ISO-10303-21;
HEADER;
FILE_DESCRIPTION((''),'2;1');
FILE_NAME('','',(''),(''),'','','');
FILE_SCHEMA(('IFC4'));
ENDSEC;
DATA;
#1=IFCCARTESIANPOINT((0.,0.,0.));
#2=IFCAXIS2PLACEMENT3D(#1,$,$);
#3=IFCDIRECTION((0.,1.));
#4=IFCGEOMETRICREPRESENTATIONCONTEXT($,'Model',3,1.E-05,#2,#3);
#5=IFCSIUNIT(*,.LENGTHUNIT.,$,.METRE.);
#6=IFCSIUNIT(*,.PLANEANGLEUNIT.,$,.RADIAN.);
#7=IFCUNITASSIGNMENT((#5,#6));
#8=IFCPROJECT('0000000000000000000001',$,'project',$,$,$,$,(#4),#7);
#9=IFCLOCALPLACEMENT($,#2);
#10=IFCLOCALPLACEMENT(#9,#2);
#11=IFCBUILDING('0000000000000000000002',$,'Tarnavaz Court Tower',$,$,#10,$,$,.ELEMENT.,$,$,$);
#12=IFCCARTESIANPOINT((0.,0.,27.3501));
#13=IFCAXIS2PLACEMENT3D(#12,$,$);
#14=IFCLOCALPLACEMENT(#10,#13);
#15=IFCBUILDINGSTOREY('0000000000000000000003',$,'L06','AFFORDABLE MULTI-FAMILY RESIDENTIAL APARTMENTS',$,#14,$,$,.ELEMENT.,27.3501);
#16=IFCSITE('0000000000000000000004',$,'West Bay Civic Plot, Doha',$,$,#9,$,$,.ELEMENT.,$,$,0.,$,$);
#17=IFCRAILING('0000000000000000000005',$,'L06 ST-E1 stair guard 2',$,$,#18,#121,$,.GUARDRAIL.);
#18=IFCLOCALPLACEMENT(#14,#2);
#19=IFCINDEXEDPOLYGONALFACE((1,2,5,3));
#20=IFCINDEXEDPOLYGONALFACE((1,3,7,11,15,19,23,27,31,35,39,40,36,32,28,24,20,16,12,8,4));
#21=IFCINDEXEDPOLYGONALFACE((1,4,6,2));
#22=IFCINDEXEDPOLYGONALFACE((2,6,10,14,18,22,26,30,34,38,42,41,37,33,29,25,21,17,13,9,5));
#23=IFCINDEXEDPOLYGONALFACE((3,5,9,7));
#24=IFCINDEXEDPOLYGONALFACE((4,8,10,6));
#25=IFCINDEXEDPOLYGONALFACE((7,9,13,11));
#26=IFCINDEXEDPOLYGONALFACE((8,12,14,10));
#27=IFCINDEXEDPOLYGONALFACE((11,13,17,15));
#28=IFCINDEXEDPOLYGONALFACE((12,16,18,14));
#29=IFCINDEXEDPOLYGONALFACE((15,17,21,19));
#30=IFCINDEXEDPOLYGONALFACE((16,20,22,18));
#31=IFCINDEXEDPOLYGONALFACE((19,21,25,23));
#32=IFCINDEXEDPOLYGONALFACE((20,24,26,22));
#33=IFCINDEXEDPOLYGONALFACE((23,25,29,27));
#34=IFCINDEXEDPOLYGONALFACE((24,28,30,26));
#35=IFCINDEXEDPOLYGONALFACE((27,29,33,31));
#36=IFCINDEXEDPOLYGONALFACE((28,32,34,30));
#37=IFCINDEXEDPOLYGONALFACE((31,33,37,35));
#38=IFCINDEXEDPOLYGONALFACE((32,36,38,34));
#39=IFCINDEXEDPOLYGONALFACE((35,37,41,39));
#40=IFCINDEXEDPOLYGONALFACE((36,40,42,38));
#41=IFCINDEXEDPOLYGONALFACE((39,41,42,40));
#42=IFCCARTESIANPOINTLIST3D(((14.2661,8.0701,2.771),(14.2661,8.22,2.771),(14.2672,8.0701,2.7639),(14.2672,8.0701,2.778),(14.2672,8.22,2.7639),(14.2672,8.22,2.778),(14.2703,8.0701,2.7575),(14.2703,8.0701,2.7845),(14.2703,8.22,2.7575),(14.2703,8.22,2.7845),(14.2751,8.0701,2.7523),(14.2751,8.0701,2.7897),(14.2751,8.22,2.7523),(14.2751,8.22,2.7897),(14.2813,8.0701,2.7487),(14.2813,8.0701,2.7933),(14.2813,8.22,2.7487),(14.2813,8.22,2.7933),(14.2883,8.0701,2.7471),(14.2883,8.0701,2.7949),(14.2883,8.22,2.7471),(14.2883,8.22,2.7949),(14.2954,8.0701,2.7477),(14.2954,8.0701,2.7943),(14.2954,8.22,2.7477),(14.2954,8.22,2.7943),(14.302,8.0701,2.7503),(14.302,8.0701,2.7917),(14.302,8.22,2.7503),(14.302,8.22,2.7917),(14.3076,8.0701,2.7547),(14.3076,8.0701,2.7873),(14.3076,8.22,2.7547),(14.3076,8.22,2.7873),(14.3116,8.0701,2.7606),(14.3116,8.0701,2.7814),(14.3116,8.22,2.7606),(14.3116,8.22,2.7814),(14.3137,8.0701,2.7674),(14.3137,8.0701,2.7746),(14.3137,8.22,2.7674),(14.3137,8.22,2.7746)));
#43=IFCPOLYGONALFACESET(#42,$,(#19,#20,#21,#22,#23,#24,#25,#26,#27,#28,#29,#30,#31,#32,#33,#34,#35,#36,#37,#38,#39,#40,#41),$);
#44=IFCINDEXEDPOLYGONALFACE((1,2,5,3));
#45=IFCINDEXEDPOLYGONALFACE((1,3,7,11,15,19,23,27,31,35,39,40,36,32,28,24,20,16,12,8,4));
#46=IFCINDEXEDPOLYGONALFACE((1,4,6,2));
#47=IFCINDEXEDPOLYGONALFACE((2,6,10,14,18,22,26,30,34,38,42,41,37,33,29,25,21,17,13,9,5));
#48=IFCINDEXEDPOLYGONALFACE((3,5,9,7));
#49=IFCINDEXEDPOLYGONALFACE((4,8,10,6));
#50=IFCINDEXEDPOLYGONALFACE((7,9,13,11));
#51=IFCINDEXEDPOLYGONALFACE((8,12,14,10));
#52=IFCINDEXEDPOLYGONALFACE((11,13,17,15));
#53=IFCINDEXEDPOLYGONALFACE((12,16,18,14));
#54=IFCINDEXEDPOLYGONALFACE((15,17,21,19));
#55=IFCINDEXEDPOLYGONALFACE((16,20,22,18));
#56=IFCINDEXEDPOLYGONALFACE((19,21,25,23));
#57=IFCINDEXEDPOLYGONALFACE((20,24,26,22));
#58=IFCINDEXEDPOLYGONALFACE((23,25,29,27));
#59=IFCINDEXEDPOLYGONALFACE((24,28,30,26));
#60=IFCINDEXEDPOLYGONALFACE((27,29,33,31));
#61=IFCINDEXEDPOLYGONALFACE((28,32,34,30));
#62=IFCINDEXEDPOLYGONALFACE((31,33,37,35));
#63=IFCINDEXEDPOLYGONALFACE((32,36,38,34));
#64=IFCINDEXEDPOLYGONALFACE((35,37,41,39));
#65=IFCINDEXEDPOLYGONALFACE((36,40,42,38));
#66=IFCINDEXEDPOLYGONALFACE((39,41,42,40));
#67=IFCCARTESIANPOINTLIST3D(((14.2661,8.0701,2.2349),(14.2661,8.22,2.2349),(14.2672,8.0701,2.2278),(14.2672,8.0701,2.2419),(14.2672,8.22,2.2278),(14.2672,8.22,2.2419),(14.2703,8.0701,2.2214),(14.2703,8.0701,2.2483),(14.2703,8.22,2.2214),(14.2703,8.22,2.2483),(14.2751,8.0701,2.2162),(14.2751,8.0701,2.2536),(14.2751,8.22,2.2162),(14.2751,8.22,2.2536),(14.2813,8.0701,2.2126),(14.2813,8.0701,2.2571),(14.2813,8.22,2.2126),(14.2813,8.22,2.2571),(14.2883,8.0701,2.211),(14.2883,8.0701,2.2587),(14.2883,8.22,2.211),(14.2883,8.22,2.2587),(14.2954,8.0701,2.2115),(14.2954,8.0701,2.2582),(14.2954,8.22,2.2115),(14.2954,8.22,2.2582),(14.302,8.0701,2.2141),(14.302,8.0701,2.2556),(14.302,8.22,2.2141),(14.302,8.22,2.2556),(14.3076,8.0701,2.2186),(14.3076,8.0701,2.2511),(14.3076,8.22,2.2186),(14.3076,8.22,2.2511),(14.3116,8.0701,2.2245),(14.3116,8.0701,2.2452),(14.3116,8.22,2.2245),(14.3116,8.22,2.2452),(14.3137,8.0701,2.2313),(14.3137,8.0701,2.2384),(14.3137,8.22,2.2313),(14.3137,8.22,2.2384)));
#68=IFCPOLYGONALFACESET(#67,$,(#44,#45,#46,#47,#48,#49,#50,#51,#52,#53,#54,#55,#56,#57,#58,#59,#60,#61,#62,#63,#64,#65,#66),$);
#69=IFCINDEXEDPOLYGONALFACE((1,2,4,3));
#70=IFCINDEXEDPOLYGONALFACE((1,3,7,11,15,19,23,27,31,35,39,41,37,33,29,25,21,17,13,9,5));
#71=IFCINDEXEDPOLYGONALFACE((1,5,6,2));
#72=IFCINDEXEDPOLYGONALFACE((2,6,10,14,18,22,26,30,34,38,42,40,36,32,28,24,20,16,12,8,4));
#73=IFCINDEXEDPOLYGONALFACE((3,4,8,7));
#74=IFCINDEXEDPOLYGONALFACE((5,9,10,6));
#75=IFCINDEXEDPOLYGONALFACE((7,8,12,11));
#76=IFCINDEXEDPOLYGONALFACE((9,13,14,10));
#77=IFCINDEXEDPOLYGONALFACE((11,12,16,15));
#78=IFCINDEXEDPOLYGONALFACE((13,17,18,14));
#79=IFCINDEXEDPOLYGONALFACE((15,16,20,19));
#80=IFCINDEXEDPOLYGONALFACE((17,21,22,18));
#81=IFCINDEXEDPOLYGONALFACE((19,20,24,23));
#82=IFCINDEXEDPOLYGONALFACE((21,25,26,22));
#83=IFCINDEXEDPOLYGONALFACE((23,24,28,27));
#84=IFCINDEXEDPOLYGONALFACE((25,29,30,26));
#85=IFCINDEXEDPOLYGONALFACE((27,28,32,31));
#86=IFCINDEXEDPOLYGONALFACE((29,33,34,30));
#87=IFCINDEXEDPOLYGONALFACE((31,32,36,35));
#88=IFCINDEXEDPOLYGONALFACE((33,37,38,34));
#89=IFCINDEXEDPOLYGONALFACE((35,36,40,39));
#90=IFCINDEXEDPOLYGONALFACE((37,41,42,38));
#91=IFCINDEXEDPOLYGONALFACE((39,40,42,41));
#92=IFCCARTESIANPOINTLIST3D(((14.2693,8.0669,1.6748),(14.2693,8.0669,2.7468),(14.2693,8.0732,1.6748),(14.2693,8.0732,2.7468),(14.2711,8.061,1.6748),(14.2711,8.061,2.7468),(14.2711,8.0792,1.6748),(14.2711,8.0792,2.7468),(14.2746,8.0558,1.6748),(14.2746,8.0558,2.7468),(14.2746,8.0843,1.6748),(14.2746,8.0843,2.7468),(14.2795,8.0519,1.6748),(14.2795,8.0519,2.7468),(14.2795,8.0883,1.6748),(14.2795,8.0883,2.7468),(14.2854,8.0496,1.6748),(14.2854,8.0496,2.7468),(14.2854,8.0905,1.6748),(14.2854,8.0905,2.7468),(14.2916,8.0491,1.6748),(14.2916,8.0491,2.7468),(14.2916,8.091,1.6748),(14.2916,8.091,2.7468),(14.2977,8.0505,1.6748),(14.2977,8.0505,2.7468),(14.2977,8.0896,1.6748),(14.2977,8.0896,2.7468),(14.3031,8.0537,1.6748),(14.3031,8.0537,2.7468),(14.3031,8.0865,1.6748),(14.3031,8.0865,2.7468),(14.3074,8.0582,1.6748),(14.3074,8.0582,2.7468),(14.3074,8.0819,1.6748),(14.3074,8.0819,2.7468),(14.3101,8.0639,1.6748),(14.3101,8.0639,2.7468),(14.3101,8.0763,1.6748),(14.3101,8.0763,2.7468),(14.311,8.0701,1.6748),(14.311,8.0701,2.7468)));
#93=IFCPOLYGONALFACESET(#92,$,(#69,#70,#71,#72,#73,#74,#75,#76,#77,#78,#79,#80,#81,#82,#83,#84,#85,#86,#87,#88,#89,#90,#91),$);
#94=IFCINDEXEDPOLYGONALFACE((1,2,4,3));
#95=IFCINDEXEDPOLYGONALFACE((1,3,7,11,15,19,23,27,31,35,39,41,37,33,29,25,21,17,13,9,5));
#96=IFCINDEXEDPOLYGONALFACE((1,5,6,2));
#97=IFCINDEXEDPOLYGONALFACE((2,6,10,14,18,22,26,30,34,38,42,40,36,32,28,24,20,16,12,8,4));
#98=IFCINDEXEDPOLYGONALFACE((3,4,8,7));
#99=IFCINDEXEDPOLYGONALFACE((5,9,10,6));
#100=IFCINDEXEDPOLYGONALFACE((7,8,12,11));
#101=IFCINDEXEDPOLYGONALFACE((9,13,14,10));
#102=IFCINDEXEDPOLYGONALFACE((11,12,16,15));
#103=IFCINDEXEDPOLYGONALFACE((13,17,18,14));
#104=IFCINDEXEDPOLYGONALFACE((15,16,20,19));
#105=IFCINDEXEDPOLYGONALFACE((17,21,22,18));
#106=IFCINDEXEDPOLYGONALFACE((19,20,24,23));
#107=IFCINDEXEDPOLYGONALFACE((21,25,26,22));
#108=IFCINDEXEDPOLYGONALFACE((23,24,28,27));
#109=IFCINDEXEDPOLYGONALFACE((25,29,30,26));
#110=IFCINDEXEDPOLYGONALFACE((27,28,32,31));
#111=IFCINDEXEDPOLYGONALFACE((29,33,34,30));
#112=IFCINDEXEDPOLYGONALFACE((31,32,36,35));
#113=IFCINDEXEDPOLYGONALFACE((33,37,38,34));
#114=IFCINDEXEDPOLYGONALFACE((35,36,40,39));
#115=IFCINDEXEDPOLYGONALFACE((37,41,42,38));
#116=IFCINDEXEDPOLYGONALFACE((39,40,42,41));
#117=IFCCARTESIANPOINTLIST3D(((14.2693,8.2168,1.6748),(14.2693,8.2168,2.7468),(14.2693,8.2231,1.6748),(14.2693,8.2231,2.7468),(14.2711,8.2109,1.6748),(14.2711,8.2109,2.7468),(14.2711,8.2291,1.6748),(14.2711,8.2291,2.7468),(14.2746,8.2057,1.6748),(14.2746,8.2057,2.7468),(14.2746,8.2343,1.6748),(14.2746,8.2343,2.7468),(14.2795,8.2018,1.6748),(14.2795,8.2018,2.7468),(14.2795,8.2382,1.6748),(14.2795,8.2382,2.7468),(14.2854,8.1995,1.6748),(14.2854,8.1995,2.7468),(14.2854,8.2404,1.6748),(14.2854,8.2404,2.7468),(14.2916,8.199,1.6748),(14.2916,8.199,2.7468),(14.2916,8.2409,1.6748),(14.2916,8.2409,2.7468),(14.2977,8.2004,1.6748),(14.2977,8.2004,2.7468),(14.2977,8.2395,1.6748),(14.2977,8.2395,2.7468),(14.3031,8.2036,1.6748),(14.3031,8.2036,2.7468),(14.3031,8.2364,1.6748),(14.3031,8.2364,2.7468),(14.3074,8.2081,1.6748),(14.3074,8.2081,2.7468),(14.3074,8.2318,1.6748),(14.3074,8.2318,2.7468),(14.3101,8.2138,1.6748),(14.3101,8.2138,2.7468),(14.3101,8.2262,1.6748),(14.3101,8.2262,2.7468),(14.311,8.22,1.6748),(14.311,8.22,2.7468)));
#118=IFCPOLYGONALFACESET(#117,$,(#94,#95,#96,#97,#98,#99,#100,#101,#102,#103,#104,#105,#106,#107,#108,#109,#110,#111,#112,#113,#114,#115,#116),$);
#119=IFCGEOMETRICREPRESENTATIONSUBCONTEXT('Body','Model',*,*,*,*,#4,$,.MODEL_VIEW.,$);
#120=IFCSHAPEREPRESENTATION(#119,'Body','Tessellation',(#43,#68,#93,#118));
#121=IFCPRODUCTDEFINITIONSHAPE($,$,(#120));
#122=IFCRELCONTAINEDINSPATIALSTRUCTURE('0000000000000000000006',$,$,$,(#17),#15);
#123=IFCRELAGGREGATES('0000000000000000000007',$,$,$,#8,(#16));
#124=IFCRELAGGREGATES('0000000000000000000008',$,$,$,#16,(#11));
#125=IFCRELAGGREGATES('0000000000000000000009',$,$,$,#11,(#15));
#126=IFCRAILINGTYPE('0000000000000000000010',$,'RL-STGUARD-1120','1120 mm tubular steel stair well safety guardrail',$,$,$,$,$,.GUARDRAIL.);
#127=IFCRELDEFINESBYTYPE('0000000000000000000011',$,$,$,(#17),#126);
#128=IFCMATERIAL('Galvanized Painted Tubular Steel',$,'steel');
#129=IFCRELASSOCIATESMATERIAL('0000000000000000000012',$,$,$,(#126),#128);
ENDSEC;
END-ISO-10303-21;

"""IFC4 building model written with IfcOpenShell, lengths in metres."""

from ifc_helpers import new_model, si_unit, direction, frame, origin, origin_2d, place, context, subcontext, project, spatial, circle, extrude, material, type_object, element, save


model = new_model("IFC4")

# Units and contexts
model_context = context("Model", 3, precision=1e-05, world=origin(), true_north=direction((0.0, 1.0)))
body_context = subcontext(model_context, "Body", "Model", "MODEL_VIEW")
ifc_project = project(units=[si_unit("LENGTHUNIT", "METRE"), si_unit("PLANEANGLEUNIT", "RADIAN")], contexts=[model_context])

# Site, building, storey
site_placement = place(None, origin())
site = spatial("IfcSite", under=ifc_project, at=site_placement, Name="West Bay Civic Plot, Doha", CompositionType="ELEMENT", RefElevation=0.0)
building_placement = place(site_placement, origin())
building = spatial("IfcBuilding", under=site, at=building_placement, Name="Tarnavaz Court Tower", CompositionType="ELEMENT")
storey_placement = place(building_placement, frame((0.0, 0.0, 27.3501)))
storey = spatial("IfcBuildingStorey", under=building, at=storey_placement, Name="L06", Description="AFFORDABLE MULTI-FAMILY RESIDENTIAL APARTMENTS", CompositionType="ELEMENT", Elevation=27.3501)

# Railing
ifc_material_1 = material(Name="Galvanized Painted Tubular Steel", Category="steel")
railing_type_1 = type_object("IfcRailingType", Name="RL-STGUARD-1120", Description="1120 mm tubular steel stair well safety guardrail", PredefinedType="GUARDRAIL", material=ifc_material_1)
railing_1_placement = place(storey_placement, frame((14.29, 8.0701, 1.6748)))
element("IfcRailing", 1, at=railing_1_placement, inside=storey, type_object=railing_type_1, Name="L06 ST-E1 stair guard 2", PredefinedType="GUARDRAIL", context=body_context, shape_type="SweptSolid", body=[
    extrude(circle(Radius=0.0239, at=origin_2d()), frame((0.0, 0.0, 1.0962), z_axis=(0.0, 1.0, 0.0), x_axis=(-1.0, 0.0, 0.0)), (0.0, 0.0, 1.0), 0.1499),
    extrude(circle(Radius=0.0239, at=origin_2d()), frame((0.0, 0.0, 0.5601), z_axis=(0.0, 1.0, 0.0), x_axis=(-1.0, 0.0, 0.0)), (0.0, 0.0, 1.0), 0.1499),
    extrude(circle(Radius=0.021, at=origin_2d()), origin(), (0.0, 0.0, 1.0), 1.072),
    extrude(circle(Radius=0.021, at=origin_2d()), frame((0.0, 0.1499, 0.0)), (0.0, 0.0, 1.0), 1.072),
])

save(model, "model.ifc")
